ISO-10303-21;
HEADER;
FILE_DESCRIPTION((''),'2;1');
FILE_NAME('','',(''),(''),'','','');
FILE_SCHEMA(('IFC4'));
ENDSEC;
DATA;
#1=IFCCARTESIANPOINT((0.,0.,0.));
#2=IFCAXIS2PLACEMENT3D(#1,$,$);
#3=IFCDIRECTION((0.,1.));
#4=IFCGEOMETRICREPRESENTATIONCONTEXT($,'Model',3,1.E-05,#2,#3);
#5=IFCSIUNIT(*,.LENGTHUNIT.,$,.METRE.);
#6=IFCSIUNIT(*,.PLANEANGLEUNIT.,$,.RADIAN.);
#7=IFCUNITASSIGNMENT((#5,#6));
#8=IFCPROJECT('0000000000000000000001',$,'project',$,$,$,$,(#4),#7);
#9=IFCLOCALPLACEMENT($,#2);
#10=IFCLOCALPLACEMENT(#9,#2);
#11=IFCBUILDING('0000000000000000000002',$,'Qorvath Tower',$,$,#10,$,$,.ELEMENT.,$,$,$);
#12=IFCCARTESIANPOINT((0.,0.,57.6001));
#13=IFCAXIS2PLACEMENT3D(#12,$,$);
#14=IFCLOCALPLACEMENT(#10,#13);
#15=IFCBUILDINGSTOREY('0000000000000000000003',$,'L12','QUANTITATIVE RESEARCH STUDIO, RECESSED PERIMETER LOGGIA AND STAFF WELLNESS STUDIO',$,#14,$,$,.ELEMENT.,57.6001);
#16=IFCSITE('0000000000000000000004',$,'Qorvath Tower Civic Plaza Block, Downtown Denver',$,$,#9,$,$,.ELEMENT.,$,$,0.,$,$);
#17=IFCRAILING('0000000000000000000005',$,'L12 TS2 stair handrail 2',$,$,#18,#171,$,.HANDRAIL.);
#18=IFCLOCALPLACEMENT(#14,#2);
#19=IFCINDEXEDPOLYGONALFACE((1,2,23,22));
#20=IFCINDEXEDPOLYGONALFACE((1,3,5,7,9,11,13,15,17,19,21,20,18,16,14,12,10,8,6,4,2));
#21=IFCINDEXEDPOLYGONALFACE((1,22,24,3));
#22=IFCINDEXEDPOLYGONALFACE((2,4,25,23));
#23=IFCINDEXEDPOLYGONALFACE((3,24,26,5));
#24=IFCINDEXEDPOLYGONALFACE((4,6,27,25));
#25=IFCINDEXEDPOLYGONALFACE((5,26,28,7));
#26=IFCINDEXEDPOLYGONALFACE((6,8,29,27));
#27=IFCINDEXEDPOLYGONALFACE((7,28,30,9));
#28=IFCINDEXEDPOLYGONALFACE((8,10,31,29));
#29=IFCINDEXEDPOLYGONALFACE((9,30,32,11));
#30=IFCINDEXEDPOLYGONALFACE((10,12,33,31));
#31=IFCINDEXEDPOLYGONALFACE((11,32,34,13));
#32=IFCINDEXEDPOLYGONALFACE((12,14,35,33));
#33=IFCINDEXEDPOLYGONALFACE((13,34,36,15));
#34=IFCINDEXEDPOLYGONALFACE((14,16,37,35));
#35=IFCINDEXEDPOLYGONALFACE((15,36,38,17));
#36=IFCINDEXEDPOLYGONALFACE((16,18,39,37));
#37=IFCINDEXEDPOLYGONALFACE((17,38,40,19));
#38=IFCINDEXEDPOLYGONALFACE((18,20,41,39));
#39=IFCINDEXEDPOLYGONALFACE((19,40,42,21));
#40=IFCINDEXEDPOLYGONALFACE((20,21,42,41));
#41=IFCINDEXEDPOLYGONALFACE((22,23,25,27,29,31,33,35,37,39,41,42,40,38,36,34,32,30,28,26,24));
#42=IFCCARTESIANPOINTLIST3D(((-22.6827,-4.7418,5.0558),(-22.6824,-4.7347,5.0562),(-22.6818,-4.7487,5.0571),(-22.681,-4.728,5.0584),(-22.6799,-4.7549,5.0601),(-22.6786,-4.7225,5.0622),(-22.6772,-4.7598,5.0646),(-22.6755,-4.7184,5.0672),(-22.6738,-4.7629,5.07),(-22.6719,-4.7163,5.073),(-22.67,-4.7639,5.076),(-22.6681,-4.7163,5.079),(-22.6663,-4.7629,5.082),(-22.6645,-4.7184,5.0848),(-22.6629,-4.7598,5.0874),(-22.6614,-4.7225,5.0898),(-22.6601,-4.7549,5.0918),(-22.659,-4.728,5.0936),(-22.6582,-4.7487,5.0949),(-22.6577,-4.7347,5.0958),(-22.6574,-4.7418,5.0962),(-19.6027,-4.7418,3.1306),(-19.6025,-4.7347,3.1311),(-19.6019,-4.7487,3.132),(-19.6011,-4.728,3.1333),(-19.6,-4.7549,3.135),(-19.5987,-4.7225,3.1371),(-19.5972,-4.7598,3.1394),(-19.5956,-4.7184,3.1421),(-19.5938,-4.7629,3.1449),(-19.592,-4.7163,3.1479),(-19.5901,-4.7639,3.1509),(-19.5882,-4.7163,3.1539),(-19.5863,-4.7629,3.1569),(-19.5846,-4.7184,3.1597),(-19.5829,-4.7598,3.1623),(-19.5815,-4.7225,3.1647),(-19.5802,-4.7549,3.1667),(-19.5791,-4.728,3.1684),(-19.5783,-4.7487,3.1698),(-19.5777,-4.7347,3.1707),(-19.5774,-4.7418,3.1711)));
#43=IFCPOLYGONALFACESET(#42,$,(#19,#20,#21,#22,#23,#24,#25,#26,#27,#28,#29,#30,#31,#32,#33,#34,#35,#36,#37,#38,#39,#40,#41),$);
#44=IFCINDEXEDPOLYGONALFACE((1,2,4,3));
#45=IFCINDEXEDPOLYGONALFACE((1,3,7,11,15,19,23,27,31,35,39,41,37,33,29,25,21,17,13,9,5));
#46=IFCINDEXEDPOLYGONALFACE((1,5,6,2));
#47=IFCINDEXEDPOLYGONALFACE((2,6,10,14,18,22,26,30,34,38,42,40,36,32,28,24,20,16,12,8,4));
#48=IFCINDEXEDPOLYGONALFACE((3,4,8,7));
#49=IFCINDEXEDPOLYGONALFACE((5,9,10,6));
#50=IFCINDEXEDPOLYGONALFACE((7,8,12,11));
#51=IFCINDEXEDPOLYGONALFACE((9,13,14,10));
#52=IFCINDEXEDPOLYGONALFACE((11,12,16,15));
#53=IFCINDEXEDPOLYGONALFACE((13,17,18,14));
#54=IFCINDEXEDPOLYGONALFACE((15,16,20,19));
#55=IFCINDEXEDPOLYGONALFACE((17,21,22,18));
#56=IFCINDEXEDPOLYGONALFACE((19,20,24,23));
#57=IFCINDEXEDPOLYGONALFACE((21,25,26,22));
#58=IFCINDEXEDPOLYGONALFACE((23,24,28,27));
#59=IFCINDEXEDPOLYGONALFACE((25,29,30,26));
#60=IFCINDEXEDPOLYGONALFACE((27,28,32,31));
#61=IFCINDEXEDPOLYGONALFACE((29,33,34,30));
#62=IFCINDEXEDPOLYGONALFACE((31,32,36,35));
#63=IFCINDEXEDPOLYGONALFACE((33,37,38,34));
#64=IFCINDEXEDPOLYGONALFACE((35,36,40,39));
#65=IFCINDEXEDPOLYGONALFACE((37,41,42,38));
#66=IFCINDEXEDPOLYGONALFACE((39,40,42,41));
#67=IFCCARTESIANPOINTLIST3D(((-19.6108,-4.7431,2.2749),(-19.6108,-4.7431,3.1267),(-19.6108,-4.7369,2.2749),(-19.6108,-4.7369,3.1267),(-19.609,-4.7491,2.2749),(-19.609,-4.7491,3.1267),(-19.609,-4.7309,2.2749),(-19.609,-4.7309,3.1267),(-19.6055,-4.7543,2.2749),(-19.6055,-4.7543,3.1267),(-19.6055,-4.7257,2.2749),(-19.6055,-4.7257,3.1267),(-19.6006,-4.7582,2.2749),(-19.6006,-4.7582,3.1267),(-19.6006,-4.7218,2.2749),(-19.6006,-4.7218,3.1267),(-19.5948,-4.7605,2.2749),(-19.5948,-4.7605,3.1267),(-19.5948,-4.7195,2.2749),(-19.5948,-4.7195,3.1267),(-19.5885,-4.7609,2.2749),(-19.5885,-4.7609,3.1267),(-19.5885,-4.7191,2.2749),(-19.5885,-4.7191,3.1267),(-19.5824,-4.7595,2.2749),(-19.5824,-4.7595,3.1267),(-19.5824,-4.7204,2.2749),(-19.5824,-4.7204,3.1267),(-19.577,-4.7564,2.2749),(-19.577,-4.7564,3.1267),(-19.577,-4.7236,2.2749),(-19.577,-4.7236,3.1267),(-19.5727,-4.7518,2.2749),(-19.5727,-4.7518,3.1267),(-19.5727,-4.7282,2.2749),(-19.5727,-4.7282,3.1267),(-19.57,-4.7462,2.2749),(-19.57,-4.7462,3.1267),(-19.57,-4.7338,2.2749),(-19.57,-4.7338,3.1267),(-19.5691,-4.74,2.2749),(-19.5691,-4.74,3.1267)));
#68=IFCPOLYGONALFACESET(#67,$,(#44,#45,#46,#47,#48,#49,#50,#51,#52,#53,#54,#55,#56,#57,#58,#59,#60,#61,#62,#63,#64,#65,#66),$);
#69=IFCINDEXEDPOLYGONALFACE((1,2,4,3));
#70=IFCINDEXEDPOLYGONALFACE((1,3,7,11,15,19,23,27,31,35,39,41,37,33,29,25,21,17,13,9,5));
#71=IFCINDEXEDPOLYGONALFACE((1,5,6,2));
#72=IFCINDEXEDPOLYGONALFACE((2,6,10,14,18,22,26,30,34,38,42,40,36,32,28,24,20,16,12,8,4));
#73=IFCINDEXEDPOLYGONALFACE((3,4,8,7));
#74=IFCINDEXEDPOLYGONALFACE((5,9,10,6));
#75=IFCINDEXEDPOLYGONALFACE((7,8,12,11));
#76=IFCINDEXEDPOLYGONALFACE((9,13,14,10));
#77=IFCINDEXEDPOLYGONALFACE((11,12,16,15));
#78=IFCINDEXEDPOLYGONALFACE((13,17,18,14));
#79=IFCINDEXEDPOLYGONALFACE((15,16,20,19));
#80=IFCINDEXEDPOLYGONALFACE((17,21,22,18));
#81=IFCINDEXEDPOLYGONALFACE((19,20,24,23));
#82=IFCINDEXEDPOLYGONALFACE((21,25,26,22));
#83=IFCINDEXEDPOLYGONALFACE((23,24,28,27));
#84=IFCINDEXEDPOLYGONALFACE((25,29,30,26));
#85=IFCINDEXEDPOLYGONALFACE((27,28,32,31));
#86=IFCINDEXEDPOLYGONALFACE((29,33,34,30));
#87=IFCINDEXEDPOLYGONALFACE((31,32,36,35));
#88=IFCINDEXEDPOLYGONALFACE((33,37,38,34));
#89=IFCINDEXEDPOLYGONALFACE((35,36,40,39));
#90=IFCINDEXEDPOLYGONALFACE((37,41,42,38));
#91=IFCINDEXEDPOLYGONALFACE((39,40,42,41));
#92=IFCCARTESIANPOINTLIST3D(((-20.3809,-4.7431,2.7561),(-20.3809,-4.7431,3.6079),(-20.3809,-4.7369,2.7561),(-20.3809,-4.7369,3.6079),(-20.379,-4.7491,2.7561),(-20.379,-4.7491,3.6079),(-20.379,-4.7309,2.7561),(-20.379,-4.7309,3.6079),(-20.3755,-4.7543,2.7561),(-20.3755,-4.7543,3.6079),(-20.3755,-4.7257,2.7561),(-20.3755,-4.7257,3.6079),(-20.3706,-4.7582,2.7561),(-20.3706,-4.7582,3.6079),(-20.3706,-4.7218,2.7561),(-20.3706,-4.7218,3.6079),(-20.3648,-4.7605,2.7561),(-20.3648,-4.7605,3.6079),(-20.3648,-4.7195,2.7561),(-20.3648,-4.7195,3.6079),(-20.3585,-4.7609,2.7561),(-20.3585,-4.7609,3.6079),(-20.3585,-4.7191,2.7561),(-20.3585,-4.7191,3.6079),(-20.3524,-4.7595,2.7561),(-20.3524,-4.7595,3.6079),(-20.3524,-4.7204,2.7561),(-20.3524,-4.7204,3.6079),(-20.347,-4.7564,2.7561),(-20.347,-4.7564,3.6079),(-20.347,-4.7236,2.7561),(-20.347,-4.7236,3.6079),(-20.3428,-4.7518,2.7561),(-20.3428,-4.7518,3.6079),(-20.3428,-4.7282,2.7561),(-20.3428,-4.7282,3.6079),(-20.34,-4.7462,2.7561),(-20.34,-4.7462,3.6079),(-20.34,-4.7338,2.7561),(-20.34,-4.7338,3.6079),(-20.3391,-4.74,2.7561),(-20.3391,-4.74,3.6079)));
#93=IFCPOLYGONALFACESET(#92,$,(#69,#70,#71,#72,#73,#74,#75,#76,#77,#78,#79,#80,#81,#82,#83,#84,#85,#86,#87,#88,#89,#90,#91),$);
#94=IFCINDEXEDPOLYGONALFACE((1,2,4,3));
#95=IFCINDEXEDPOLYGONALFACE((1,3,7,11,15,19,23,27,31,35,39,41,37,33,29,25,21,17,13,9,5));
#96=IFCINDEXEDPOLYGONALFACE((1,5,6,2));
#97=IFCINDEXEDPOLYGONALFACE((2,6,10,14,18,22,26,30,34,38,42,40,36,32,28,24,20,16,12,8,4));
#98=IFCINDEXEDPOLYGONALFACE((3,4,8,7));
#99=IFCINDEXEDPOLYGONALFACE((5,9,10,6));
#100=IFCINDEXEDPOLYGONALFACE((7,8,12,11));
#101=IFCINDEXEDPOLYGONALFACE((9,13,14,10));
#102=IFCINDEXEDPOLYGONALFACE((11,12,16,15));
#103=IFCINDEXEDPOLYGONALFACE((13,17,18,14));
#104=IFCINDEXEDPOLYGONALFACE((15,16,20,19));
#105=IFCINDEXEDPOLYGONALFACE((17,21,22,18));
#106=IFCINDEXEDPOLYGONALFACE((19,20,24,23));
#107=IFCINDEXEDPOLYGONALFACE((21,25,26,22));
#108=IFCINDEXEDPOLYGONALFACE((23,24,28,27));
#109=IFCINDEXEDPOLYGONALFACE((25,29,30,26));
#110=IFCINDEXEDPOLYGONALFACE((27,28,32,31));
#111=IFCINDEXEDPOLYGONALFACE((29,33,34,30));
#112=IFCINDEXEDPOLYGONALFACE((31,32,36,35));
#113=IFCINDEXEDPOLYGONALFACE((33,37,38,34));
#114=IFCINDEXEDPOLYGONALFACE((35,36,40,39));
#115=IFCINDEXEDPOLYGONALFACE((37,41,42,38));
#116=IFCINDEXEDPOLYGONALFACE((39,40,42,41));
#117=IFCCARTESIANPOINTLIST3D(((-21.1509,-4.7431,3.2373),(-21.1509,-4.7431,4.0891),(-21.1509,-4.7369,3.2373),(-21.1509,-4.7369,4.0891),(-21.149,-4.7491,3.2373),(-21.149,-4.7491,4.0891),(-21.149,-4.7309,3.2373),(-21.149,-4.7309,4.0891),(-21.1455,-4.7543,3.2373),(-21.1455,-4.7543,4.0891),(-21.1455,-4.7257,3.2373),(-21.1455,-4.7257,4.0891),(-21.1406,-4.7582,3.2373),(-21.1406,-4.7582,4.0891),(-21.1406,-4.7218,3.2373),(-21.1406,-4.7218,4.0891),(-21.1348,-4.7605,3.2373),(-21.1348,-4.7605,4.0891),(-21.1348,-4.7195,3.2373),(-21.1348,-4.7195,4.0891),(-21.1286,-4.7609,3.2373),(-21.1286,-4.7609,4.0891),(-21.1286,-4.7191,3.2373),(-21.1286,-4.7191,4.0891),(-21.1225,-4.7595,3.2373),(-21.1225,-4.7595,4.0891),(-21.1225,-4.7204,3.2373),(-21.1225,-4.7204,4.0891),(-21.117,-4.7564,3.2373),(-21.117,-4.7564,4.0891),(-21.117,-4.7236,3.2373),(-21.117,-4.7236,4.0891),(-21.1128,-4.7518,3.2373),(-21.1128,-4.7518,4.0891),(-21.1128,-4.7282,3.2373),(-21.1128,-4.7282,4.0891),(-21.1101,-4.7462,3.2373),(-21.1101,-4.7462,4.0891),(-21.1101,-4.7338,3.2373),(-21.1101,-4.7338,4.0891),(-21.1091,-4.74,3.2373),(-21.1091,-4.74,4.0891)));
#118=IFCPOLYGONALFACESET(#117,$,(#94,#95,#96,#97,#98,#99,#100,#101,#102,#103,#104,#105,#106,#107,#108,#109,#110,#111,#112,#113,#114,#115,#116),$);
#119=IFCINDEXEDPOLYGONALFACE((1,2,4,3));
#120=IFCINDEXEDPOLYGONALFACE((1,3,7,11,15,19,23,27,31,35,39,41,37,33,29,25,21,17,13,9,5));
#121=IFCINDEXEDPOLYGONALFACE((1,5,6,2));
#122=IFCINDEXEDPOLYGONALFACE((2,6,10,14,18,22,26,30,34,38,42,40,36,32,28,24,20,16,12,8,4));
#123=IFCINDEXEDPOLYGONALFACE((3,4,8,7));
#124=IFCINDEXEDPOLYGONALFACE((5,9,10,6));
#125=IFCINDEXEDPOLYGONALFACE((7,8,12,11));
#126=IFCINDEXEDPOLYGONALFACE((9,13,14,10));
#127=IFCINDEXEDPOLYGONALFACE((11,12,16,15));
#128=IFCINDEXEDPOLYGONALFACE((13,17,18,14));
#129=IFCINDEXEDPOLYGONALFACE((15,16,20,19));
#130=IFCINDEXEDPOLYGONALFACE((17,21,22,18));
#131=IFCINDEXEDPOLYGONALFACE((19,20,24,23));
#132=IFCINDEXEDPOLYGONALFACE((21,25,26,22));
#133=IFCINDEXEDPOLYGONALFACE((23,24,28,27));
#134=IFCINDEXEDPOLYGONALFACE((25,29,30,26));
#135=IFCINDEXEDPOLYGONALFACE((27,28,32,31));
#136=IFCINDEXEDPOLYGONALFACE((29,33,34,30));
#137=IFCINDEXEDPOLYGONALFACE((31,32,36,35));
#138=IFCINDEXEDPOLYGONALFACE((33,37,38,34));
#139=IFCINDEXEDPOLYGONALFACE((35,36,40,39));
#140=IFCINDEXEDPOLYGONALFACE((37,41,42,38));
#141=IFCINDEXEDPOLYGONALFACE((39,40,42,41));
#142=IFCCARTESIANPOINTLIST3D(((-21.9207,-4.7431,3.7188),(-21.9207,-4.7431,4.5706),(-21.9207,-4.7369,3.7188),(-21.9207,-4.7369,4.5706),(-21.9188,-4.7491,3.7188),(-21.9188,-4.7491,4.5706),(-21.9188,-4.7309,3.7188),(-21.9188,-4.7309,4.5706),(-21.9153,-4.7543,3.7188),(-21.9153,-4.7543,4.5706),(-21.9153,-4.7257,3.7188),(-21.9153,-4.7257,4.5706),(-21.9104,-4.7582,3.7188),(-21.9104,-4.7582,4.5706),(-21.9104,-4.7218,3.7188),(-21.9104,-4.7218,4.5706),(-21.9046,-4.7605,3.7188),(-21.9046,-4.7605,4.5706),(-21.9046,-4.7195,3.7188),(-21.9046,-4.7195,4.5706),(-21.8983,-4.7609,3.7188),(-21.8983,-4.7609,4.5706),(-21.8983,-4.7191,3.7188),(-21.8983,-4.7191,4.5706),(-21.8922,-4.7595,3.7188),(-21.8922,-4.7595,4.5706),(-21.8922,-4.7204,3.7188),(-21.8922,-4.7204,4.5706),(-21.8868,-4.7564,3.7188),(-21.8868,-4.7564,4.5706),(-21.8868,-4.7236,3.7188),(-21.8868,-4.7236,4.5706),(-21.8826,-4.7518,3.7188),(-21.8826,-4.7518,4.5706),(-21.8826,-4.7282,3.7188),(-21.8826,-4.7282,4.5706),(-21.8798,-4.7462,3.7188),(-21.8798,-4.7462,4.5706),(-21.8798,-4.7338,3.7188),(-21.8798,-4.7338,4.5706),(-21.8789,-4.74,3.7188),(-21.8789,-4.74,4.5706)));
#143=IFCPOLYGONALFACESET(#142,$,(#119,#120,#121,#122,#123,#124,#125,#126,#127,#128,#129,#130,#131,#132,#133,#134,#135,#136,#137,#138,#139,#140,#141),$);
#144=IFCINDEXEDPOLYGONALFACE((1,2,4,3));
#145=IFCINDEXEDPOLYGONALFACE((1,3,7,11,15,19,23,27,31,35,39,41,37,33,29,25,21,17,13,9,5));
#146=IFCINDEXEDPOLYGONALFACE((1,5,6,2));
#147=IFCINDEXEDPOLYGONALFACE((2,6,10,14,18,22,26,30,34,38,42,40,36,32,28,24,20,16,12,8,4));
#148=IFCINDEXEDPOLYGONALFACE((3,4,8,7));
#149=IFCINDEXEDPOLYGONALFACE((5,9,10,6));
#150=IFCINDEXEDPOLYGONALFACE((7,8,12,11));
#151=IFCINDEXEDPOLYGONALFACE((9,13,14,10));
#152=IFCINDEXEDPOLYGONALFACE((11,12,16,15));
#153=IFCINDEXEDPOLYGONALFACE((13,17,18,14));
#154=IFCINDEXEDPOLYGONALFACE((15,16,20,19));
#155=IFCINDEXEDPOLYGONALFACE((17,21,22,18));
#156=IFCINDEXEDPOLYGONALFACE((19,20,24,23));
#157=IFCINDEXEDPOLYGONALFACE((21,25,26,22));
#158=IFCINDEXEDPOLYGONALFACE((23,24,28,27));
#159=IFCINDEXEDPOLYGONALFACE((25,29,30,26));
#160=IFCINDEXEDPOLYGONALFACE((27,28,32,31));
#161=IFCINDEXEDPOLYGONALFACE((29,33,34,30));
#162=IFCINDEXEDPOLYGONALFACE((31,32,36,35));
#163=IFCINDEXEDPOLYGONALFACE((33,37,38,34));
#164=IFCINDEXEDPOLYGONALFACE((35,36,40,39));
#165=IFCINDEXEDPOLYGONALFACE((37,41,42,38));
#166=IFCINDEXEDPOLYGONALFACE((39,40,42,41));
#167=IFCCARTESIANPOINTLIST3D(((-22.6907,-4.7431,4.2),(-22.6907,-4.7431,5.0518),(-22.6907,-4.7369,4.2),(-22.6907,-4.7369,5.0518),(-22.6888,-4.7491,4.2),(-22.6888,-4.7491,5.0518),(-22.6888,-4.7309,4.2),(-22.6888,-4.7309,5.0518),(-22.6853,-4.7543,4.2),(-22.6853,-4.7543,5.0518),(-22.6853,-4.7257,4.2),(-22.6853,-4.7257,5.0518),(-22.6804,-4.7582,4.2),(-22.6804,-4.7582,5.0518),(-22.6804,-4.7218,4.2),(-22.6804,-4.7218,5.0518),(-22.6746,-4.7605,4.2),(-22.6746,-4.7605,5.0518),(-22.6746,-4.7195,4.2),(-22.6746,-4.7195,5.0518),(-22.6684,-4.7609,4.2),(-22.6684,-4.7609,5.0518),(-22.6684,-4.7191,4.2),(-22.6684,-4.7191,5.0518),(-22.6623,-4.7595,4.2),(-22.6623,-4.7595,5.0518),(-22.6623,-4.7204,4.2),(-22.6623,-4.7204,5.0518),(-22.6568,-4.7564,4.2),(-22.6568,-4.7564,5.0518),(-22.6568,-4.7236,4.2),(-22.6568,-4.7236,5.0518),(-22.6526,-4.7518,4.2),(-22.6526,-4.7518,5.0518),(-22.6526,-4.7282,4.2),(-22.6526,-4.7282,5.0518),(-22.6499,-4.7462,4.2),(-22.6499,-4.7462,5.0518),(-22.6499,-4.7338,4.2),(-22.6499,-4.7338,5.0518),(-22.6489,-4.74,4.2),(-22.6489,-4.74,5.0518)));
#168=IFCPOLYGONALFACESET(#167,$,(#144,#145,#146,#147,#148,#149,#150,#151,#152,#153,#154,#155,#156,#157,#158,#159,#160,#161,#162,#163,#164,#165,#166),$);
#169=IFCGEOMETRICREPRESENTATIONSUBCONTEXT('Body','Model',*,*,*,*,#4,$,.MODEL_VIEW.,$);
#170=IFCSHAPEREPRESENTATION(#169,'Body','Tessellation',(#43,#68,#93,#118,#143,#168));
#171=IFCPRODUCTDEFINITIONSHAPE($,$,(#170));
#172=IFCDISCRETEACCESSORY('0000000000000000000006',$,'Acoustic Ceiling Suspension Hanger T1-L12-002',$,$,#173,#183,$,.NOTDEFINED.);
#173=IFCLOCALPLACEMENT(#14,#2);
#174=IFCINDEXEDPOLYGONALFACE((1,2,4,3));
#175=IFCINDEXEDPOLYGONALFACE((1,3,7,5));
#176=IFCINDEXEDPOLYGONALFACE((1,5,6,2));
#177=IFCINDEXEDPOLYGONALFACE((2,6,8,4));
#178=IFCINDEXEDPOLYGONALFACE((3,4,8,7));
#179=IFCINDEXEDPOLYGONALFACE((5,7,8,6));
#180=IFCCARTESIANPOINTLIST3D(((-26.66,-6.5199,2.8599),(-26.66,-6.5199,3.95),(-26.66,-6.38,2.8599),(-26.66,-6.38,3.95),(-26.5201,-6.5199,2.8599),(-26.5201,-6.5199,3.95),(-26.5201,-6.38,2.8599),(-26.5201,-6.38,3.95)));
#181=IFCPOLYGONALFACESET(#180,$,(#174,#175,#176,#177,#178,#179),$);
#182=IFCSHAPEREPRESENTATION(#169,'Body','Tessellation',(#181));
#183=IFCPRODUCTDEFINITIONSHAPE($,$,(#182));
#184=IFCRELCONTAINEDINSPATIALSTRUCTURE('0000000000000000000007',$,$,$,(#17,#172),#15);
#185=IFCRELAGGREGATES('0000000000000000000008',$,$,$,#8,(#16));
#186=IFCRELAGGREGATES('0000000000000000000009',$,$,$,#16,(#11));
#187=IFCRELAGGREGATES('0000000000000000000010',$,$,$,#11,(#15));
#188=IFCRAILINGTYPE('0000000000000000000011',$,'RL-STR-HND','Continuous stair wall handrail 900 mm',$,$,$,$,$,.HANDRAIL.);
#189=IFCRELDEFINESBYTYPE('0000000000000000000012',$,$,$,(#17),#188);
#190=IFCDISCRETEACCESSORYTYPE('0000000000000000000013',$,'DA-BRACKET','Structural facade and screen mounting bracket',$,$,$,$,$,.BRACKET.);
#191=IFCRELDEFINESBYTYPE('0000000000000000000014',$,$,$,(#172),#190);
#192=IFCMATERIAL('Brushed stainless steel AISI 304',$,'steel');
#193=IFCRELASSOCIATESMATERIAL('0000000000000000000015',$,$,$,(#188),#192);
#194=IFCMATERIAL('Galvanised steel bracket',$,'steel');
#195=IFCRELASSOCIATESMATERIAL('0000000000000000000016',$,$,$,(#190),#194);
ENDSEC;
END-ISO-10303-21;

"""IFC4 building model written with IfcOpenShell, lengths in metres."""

from ifc_helpers import new_model, si_unit, direction, frame, origin, origin_2d, place, context, subcontext, project, spatial, rectangle, circle, extrude, material, type_object, element, save


model = new_model("IFC4")

# Units and contexts
model_context = context("Model", 3, precision=1e-05, world=origin(), true_north=direction((0.0, 1.0)))
body_context = subcontext(model_context, "Body", "Model", "MODEL_VIEW")
ifc_project = project(units=[si_unit("LENGTHUNIT", "METRE"), si_unit("PLANEANGLEUNIT", "RADIAN")], contexts=[model_context])

# Site, building, storey
site_placement = place(None, origin())
site = spatial("IfcSite", under=ifc_project, at=site_placement, Name="Qorvath Tower Civic Plaza Block, Downtown Denver", CompositionType="ELEMENT", RefElevation=0.0)
building_placement = place(site_placement, origin())
building = spatial("IfcBuilding", under=site, at=building_placement, Name="Qorvath Tower", CompositionType="ELEMENT")
storey_placement = place(building_placement, frame((0.0, 0.0, 57.6001)))
storey = spatial("IfcBuildingStorey", under=building, at=storey_placement, Name="L12", Description="QUANTITATIVE RESEARCH STUDIO, RECESSED PERIMETER LOGGIA AND STAFF WELLNESS STUDIO", CompositionType="ELEMENT", Elevation=57.6001)

# Railing
ifc_material_1 = material(Name="Brushed stainless steel AISI 304", Category="steel")
railing_type_1 = type_object("IfcRailingType", Name="RL-STR-HND", Description="Continuous stair wall handrail 900 mm", PredefinedType="HANDRAIL", material=ifc_material_1)
railing_1_placement = place(storey_placement, frame((-19.5901, -4.74, 2.2749)))
element("IfcRailing", 1, at=railing_1_placement, inside=storey, type_object=railing_type_1, Name="L12 TS2 stair handrail 2", PredefinedType="HANDRAIL", context=body_context, shape_type="SweptSolid", body=[
    extrude(circle(Radius=0.0239, at=origin_2d()), frame((0.0, 0.0, 0.876), z_axis=(-0.847979, 0.0, 0.530029), x_axis=(0.0, -1.0, 0.0)), (0.0, 0.0, 1.0), 3.6321),
    extrude(circle(Radius=0.021, at=origin_2d()), origin(), (0.0, 0.0, 1.0), 0.8518),
    extrude(circle(Radius=0.021, at=origin_2d()), frame((-0.77, 0.0, 0.4812)), (0.0, 0.0, 1.0), 0.8518),
    extrude(circle(Radius=0.021, at=origin_2d()), frame((-1.54, 0.0, 0.9624)), (0.0, 0.0, 1.0), 0.8518),
    extrude(circle(Radius=0.021, at=origin_2d()), frame((-2.3098, 0.0, 1.4438)), (0.0, 0.0, 1.0), 0.8518),
    extrude(circle(Radius=0.021, at=origin_2d()), frame((-3.0798, 0.0, 1.925)), (0.0, 0.0, 1.0), 0.8518),
])

# Discrete accessory
ifc_material_2 = material(Name="Galvanised steel bracket", Category="steel")
discrete_accessory_type = type_object("IfcDiscreteAccessoryType", Name="DA-BRACKET", Description="Structural facade and screen mounting bracket", PredefinedType="BRACKET", material=ifc_material_2)
discrete_accessory_placement = place(storey_placement, frame((-26.5901, -6.45, 2.8599), z_axis=(0.0, 0.0, 1.0), x_axis=(1.0, 0.0, 0.0)))
element("IfcDiscreteAccessory", 2, at=discrete_accessory_placement, inside=storey, type_object=discrete_accessory_type, Name="Acoustic Ceiling Suspension Hanger T1-L12-002", PredefinedType="NOTDEFINED", context=body_context, shape_type="SweptSolid", body=[
    extrude(rectangle(XDim=0.1399, YDim=0.1399, at=origin_2d()), origin(), (0.0, 0.0, 1.0), 1.0901),
])

save(model, "model.ifc")
